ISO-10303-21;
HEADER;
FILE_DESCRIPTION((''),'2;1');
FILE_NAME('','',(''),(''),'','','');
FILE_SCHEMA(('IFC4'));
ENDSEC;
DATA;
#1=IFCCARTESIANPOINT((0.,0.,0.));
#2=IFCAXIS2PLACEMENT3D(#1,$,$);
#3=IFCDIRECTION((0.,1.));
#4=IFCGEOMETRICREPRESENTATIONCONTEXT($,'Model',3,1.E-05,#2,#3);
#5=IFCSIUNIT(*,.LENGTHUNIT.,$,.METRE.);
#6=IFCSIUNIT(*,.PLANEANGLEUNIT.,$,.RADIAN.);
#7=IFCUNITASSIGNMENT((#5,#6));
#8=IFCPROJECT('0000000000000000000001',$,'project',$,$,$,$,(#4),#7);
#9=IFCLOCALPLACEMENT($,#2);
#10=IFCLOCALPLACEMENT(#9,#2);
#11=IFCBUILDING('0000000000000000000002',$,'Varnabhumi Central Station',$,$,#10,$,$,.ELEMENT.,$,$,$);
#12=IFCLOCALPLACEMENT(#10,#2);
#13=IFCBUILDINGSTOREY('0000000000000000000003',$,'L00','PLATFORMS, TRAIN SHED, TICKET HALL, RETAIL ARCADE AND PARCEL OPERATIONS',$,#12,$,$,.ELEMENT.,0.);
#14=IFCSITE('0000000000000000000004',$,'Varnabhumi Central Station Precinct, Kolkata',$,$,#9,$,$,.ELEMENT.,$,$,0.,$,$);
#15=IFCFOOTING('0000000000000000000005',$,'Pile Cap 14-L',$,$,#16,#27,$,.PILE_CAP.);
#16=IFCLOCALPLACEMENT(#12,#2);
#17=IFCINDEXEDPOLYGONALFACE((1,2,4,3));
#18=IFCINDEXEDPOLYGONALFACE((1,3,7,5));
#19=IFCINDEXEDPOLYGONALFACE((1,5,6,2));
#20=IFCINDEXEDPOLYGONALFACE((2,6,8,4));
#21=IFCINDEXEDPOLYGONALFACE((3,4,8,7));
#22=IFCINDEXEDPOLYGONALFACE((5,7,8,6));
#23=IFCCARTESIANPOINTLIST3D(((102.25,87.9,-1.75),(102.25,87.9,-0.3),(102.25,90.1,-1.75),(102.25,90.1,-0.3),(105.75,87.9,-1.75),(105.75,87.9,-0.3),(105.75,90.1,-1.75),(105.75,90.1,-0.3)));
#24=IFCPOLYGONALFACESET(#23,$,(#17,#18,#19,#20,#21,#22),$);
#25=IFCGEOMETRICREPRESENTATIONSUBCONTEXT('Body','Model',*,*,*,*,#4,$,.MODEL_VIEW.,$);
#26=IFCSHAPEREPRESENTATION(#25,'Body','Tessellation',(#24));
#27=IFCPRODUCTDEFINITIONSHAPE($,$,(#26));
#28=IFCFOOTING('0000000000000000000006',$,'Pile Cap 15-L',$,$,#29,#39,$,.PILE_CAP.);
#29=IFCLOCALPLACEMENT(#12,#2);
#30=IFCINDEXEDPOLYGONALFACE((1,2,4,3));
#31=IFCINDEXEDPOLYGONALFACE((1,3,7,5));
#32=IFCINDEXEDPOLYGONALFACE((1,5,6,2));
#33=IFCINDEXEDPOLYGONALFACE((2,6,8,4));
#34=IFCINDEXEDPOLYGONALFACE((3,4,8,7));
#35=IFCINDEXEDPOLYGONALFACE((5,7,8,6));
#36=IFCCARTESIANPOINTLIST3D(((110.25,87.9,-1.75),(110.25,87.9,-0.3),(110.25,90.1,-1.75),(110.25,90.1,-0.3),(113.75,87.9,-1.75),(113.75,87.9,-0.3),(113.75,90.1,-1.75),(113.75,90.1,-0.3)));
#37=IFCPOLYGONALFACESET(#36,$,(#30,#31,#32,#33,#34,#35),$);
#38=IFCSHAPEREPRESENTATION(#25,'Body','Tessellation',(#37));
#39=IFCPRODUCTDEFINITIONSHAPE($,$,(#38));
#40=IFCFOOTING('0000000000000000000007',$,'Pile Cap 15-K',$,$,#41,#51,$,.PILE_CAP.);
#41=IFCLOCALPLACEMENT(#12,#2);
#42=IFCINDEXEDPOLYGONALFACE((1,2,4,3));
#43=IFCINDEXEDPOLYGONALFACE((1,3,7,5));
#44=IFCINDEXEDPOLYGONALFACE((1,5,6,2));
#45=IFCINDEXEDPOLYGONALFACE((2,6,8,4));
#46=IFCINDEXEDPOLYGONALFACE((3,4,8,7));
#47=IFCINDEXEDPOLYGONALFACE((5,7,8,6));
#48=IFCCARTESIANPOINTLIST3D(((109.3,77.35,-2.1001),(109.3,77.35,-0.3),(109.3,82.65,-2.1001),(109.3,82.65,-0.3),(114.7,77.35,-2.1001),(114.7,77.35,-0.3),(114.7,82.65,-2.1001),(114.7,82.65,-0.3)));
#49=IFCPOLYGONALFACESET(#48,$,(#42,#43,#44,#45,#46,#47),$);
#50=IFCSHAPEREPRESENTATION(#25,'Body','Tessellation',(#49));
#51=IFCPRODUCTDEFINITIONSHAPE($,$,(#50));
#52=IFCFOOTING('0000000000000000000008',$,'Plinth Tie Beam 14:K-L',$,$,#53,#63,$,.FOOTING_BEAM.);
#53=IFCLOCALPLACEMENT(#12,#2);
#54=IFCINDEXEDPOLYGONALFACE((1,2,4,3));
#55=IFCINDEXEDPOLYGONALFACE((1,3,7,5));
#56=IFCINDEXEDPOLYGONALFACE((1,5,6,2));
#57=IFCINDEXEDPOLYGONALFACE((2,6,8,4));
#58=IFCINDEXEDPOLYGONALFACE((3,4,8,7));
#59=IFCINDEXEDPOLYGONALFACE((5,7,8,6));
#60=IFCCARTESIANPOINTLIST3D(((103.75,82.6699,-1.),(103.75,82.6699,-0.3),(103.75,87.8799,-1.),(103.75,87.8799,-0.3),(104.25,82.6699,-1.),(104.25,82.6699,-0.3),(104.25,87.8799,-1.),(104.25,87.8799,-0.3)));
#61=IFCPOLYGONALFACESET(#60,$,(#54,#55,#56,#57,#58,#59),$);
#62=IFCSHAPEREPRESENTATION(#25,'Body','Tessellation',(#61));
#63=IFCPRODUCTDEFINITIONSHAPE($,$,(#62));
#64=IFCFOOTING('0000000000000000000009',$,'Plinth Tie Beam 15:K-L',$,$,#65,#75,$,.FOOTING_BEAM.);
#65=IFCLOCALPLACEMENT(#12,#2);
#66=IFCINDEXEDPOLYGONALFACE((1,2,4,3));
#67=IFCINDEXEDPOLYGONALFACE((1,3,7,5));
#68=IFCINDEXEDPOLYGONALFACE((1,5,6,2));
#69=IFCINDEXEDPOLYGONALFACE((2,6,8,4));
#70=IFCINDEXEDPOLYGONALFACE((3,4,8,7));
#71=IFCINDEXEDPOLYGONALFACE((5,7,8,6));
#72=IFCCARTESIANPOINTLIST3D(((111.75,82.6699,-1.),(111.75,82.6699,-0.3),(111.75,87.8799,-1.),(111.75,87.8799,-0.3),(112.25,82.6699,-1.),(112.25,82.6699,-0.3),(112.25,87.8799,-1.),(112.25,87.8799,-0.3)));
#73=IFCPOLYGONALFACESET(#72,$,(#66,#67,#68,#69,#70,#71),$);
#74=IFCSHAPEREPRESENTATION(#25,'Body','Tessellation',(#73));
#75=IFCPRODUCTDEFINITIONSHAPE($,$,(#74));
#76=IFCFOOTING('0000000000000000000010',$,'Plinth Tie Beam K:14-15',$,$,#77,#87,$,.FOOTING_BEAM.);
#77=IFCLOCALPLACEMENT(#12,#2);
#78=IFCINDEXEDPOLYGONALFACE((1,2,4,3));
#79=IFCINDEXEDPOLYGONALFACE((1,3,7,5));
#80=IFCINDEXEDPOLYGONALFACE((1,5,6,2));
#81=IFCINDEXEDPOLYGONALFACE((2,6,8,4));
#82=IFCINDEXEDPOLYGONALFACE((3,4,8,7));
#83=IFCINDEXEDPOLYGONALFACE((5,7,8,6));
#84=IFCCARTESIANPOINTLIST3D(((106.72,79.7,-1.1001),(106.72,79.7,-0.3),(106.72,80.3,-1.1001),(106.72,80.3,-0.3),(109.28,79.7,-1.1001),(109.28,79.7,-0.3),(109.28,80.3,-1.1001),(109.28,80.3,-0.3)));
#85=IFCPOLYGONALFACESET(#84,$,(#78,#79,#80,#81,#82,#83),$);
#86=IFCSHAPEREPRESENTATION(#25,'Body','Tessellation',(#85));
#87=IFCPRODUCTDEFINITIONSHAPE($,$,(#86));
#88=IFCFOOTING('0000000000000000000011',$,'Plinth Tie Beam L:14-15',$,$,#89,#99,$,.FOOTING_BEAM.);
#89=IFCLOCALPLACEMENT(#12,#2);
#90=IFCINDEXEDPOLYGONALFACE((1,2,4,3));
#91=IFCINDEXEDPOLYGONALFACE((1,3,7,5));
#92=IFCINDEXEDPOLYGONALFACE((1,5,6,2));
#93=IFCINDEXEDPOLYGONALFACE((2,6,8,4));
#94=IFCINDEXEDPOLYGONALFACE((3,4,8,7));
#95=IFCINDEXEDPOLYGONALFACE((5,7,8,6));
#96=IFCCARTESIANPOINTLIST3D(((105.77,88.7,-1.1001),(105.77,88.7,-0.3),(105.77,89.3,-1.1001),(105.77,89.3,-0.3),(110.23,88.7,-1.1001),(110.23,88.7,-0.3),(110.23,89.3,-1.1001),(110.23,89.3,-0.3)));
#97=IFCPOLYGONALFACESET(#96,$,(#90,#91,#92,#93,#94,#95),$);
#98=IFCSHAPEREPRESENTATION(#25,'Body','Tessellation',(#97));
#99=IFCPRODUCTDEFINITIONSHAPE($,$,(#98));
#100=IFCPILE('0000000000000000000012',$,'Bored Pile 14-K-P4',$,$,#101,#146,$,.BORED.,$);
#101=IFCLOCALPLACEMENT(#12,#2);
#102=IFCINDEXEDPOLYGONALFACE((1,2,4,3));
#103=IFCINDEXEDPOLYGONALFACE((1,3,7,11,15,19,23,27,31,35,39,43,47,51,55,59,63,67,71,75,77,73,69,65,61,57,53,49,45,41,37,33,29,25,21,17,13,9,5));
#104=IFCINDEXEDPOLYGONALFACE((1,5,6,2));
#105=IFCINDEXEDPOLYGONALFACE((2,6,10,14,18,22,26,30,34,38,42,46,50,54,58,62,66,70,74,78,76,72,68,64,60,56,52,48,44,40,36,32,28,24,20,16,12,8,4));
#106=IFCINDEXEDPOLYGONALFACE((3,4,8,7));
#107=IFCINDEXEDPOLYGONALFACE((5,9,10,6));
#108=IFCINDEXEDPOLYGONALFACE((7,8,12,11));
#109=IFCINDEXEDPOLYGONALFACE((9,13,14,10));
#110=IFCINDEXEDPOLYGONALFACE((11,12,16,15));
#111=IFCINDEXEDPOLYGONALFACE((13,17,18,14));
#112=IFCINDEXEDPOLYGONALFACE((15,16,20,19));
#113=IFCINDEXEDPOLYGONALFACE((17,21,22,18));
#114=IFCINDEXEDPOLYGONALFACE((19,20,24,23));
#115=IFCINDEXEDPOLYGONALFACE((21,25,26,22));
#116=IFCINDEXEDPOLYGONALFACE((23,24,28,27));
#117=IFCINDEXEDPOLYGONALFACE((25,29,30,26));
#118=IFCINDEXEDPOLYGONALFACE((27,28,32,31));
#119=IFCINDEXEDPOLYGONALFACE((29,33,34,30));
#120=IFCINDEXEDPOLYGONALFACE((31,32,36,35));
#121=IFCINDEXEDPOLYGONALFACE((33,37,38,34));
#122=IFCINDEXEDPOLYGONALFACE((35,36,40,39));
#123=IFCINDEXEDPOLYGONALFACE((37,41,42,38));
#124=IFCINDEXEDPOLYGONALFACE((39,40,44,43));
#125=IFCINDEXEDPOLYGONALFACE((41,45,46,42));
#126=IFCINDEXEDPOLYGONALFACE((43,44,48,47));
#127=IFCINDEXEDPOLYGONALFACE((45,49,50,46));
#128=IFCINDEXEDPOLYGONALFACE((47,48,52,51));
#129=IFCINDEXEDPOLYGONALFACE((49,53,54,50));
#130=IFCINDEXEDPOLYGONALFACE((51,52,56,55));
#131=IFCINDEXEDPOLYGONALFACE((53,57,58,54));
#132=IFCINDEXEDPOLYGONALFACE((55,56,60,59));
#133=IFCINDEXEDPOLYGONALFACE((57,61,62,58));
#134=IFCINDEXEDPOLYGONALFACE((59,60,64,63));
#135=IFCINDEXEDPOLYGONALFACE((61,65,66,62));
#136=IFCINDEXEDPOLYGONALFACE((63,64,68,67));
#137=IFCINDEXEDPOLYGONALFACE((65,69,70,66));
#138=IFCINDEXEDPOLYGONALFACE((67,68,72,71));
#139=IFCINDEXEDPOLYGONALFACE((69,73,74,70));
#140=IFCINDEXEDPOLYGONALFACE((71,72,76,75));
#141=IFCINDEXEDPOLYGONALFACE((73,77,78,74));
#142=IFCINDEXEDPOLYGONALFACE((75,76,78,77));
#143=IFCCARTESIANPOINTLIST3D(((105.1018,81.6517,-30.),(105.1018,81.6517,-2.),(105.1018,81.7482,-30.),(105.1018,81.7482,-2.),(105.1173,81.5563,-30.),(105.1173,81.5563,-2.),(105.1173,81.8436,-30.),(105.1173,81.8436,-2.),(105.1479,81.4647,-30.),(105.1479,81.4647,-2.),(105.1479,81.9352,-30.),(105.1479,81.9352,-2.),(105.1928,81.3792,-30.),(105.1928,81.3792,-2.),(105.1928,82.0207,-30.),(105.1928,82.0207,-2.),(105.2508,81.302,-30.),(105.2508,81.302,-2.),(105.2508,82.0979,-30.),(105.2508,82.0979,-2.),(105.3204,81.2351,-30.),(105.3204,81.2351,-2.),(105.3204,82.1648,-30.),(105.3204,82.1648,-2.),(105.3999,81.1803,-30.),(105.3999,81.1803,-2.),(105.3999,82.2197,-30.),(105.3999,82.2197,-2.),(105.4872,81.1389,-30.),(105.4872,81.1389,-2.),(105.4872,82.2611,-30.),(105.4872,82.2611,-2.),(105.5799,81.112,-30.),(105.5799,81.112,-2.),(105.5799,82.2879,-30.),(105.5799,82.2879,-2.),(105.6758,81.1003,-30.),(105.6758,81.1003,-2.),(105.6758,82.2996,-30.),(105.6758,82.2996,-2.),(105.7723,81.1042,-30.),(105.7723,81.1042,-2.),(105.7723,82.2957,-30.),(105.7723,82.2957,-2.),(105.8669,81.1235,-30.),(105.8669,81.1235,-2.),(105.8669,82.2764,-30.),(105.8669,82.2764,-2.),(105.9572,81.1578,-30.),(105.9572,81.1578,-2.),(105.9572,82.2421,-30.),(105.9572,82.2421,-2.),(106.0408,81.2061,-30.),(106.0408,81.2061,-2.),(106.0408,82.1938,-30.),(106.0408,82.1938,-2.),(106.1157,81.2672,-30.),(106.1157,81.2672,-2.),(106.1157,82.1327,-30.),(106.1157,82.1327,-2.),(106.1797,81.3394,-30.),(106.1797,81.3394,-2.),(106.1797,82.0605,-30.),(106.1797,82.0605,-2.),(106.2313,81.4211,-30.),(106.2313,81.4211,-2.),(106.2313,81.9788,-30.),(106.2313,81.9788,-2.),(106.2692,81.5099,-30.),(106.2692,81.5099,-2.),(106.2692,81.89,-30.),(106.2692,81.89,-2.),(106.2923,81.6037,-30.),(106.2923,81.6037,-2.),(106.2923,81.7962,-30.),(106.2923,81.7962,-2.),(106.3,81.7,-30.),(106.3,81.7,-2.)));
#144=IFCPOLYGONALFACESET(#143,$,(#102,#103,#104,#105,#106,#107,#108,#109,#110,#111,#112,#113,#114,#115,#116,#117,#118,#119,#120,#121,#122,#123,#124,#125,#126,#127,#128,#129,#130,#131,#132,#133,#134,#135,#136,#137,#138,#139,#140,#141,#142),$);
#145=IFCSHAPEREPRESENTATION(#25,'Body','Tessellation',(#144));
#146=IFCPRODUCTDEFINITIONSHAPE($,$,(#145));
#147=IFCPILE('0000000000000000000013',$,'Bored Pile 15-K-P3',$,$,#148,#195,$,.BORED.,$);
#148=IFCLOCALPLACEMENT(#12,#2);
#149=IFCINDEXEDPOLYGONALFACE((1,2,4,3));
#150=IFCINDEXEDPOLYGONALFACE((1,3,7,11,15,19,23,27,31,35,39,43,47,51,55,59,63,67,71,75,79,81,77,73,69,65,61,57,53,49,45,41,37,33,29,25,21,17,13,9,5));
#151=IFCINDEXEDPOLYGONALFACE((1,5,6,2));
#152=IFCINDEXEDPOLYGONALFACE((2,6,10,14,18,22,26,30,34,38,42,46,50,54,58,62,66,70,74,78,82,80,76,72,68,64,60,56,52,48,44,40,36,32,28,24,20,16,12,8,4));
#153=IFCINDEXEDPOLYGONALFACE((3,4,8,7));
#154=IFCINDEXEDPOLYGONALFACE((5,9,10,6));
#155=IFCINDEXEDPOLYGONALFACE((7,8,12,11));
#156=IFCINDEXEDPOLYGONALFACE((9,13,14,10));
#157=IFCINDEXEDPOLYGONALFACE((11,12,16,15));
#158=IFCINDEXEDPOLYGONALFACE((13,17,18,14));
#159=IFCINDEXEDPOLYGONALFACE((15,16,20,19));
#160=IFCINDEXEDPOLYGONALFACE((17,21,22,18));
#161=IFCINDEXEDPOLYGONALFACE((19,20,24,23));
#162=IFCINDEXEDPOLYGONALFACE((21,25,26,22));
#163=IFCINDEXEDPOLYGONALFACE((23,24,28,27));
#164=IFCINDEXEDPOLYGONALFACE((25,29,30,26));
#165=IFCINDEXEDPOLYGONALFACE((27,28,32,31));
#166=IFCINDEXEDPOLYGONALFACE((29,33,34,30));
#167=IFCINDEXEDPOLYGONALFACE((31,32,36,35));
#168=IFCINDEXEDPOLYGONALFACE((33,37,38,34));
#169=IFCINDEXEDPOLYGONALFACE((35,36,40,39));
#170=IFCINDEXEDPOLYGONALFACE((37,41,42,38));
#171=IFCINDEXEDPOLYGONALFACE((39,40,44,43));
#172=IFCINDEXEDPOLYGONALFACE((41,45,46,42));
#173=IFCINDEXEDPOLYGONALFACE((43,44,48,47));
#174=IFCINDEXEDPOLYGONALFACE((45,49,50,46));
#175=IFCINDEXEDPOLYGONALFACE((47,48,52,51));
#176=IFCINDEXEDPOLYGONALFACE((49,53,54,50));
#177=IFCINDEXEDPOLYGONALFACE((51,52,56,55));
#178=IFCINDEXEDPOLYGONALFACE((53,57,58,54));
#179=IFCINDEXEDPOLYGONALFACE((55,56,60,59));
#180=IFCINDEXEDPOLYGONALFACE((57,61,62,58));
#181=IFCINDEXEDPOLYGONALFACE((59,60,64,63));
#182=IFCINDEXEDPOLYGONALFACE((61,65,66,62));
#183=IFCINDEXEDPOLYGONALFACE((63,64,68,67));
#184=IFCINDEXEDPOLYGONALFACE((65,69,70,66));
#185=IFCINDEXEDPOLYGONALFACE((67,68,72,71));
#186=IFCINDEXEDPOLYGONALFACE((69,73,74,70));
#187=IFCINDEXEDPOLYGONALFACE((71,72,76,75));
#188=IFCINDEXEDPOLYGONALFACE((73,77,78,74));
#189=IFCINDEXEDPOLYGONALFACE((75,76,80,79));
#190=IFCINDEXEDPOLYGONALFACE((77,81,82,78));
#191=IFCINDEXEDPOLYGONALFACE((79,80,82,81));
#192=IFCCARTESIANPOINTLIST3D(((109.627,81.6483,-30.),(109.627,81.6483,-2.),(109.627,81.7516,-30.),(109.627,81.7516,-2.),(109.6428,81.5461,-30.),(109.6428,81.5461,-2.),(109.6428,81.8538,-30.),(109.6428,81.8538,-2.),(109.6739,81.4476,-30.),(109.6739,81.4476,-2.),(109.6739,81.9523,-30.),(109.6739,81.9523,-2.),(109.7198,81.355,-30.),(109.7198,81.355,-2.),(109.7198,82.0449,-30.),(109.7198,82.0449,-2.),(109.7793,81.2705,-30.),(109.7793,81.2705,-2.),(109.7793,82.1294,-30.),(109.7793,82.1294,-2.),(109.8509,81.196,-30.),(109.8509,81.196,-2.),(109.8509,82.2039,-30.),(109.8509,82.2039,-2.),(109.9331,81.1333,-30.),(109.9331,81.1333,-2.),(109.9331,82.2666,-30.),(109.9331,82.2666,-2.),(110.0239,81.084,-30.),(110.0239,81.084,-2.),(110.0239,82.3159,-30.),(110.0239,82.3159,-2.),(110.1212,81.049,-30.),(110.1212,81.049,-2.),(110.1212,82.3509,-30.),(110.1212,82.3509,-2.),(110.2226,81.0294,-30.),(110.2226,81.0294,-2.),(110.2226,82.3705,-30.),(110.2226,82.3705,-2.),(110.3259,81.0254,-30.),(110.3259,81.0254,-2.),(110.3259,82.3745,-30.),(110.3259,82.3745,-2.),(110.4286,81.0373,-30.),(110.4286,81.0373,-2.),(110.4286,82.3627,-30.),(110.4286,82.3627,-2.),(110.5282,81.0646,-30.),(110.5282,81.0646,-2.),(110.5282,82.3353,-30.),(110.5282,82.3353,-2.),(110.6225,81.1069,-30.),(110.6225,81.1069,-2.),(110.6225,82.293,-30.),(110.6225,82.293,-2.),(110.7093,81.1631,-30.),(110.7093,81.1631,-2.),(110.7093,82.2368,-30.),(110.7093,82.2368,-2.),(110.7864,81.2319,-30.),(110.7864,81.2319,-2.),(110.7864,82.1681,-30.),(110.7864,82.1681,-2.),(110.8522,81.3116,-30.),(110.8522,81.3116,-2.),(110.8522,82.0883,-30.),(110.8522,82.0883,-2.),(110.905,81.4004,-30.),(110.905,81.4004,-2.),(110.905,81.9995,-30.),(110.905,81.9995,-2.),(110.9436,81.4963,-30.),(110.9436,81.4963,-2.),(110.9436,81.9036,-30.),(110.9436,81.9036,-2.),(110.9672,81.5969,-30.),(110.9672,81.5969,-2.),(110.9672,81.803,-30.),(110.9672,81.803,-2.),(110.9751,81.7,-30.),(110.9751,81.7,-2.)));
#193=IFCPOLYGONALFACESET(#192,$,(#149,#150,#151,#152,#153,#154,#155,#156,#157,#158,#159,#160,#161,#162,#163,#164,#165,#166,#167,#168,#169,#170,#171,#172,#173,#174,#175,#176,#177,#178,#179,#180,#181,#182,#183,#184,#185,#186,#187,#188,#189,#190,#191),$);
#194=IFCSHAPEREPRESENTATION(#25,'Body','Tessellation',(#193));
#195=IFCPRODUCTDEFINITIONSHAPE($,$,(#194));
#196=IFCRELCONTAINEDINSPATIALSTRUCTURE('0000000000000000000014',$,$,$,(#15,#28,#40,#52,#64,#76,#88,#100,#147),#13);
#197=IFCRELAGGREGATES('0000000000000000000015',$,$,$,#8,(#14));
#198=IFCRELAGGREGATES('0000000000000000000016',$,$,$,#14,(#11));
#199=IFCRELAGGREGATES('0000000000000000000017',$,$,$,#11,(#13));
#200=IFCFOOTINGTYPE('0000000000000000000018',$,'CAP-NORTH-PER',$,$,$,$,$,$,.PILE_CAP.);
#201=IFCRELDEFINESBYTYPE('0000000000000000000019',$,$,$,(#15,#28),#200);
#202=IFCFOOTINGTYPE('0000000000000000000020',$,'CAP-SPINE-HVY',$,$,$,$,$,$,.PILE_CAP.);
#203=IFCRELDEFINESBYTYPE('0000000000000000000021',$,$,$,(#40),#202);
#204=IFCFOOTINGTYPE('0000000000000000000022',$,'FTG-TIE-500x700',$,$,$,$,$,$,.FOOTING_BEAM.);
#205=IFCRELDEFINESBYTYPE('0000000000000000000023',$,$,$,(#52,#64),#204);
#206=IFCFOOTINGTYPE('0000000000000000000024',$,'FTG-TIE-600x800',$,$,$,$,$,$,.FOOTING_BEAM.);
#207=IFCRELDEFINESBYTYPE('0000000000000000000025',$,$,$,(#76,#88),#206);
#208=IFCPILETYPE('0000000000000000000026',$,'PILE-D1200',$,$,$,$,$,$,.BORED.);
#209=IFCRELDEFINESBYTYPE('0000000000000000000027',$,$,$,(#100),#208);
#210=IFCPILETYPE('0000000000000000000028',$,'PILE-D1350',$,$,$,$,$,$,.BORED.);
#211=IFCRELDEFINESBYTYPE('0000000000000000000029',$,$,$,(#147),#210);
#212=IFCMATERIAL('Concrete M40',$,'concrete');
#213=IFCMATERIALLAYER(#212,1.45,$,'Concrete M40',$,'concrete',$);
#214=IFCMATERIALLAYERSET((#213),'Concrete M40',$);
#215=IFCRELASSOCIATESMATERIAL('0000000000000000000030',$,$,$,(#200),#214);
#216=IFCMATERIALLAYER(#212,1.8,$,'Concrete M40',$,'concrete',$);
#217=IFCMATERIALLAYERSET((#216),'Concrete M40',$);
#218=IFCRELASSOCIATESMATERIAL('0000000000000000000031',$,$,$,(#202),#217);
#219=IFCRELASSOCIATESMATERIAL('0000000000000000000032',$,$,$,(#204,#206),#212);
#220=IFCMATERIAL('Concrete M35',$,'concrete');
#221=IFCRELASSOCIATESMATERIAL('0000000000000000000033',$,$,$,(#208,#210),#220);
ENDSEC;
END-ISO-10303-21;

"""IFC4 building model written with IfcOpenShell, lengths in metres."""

from ifc_helpers import new_model, si_unit, direction, frame, origin, origin_2d, place, context, subcontext, project, spatial, rectangle, circle, extrude, material, layer, layer_set, material_profile, profile_set, type_object, element, save


model = new_model("IFC4")

# Units and contexts
model_context = context("Model", 3, precision=1e-05, world=origin(), true_north=direction((0.0, 1.0)))
body_context = subcontext(model_context, "Body", "Model", "MODEL_VIEW")
ifc_project = project(units=[si_unit("LENGTHUNIT", "METRE"), si_unit("PLANEANGLEUNIT", "RADIAN")], contexts=[model_context])

# Site, building, storey
site_placement = place(None, origin())
site = spatial("IfcSite", under=ifc_project, at=site_placement, Name="Varnabhumi Central Station Precinct, Kolkata", CompositionType="ELEMENT", RefElevation=0.0)
building_placement = place(site_placement, origin())
building = spatial("IfcBuilding", under=site, at=building_placement, Name="Varnabhumi Central Station", CompositionType="ELEMENT")
storey_placement = place(building_placement, origin())
storey = spatial("IfcBuildingStorey", under=building, at=storey_placement, Name="L00", Description="PLATFORMS, TRAIN SHED, TICKET HALL, RETAIL ARCADE AND PARCEL OPERATIONS", CompositionType="ELEMENT", Elevation=0.0)

# Footings
ifc_material_1 = material(Name="Concrete M40", Category="concrete")
ifc_layer_1 = layer(ifc_material_1, 1.45, Name="Concrete M40", Category="concrete")
ifc_layer_set_1 = layer_set([ifc_layer_1], Name="Concrete M40")
footing_type_1 = type_object("IfcFootingType", Name="CAP-NORTH-PER", PredefinedType="PILE_CAP", material=ifc_layer_set_1)
for number, where, z_axis, x_axis, name in (
    (1, (104.0, 89.0, -1.75), (0.0, 0.0, 1.0), (1.0, 0.0, 0.0), "Pile Cap 14-L"),
    (2, (112.0, 89.0, -1.75), (0.0, 0.0, 1.0), (1.0, 0.0, 0.0), "Pile Cap 15-L"),
):
    element("IfcFooting", number, at=place(storey_placement, frame(where, z_axis=z_axis, x_axis=x_axis)), inside=storey, type_object=footing_type_1, Name=name, PredefinedType="PILE_CAP", context=body_context, shape_type="SweptSolid", body=[
        extrude(rectangle(XDim=3.5, YDim=2.2, at=origin_2d()), origin(), (0.0, 0.0, 1.0), 1.45),
    ])
ifc_layer_2 = layer(ifc_material_1, 1.8, Name="Concrete M40", Category="concrete")
ifc_layer_set_2 = layer_set([ifc_layer_2], Name="Concrete M40")
footing_type_2 = type_object("IfcFootingType", Name="CAP-SPINE-HVY", PredefinedType="PILE_CAP", material=ifc_layer_set_2)
footing_1_placement = place(storey_placement, frame((112.0, 80.0, -2.1001), z_axis=(0.0, 0.0, 1.0), x_axis=(1.0, 0.0, 0.0)))
element("IfcFooting", 3, at=footing_1_placement, inside=storey, type_object=footing_type_2, Name="Pile Cap 15-K", PredefinedType="PILE_CAP", context=body_context, shape_type="SweptSolid", body=[
    extrude(rectangle(XDim=5.3999, YDim=5.3, at=origin_2d()), origin(), (0.0, 0.0, 1.0), 1.8),
])
footing_type_3 = type_object("IfcFootingType", Name="FTG-TIE-500x700", PredefinedType="FOOTING_BEAM", material=ifc_material_1)
for number, where, z_axis, x_axis, name in (
    (4, (104.0, 85.2749, -1.0), (0.0, 0.0, 1.0), (1.0, 0.0, 0.0), "Plinth Tie Beam 14:K-L"),
    (5, (112.0, 85.2749, -1.0), (0.0, 0.0, 1.0), (1.0, 0.0, 0.0), "Plinth Tie Beam 15:K-L"),
):
    element("IfcFooting", number, at=place(storey_placement, frame(where, z_axis=z_axis, x_axis=x_axis)), inside=storey, type_object=footing_type_3, Name=name, PredefinedType="FOOTING_BEAM", context=body_context, shape_type="SweptSolid", body=[
        extrude(rectangle(XDim=0.5, YDim=5.21, at=origin_2d()), origin(), (0.0, 0.0, 1.0), 0.7),
    ])
footing_type_4 = type_object("IfcFootingType", Name="FTG-TIE-600x800", PredefinedType="FOOTING_BEAM", material=ifc_material_1)
footing_2_placement = place(storey_placement, frame((108.0, 80.0, -1.1001), z_axis=(0.0, 0.0, 1.0), x_axis=(1.0, 0.0, 0.0)))
element("IfcFooting", 6, at=footing_2_placement, inside=storey, type_object=footing_type_4, Name="Plinth Tie Beam K:14-15", PredefinedType="FOOTING_BEAM", context=body_context, shape_type="SweptSolid", body=[
    extrude(rectangle(XDim=2.5601, YDim=0.6001, at=origin_2d()), origin(), (0.0, 0.0, 1.0), 0.8),
])
footing_3_placement = place(storey_placement, frame((108.0, 89.0, -1.1001), z_axis=(0.0, 0.0, 1.0), x_axis=(1.0, 0.0, 0.0)))
element("IfcFooting", 7, at=footing_3_placement, inside=storey, type_object=footing_type_4, Name="Plinth Tie Beam L:14-15", PredefinedType="FOOTING_BEAM", context=body_context, shape_type="SweptSolid", body=[
    extrude(rectangle(XDim=4.46, YDim=0.6001, at=origin_2d()), origin(), (0.0, 0.0, 1.0), 0.8),
])

# Piles
ifc_material_2 = material(Name="Concrete M35", Category="concrete")
ifc_material_profile_1 = material_profile(ifc_material_2, circle(Radius=0.6001, at=origin_2d()), Name="Concrete M35", Category="concrete")
ifc_profile_set_1 = profile_set([ifc_material_profile_1], Name="Concrete M35")
pile_type_1 = type_object("IfcPileType", Name="PILE-D1200", PredefinedType="BORED", material=ifc_profile_set_1)
pile_placement = place(storey_placement, frame((105.7, 81.7, -2.0), z_axis=(0.0, 0.0, -1.0), x_axis=(1.0, 0.0, 0.0)))
element("IfcPile", 8, at=pile_placement, inside=storey, type_object=pile_type_1, Name="Bored Pile 14-K-P4", PredefinedType="BORED", context=body_context, shape_type="SweptSolid", body=[
    extrude(circle(Radius=0.6001, at=origin_2d()), origin(), (0.0, 0.0, 1.0), 28.0),
])
ifc_material_profile_2 = material_profile(ifc_material_2, circle(Radius=0.675, at=origin_2d()), Name="Concrete M35", Category="concrete")
ifc_profile_set_2 = profile_set([ifc_material_profile_2], Name="Concrete M35")
pile_type_2 = type_object("IfcPileType", Name="PILE-D1350", PredefinedType="BORED", material=ifc_profile_set_2)
for number, where, z_axis, x_axis, name in (
    (9, (110.3, 81.7, -2.0), (0.0, 0.0, -1.0), (1.0, 0.0, 0.0), "Bored Pile 15-K-P3"),
):
    element("IfcPile", number, at=place(storey_placement, frame(where, z_axis=z_axis, x_axis=x_axis)), inside=storey, type_object=pile_type_2, Name=name, PredefinedType="BORED", context=body_context, shape_type="SweptSolid", body=[
        extrude(circle(Radius=0.675, at=origin_2d()), origin(), (0.0, 0.0, 1.0), 28.0),
    ])

save(model, "model.ifc")
